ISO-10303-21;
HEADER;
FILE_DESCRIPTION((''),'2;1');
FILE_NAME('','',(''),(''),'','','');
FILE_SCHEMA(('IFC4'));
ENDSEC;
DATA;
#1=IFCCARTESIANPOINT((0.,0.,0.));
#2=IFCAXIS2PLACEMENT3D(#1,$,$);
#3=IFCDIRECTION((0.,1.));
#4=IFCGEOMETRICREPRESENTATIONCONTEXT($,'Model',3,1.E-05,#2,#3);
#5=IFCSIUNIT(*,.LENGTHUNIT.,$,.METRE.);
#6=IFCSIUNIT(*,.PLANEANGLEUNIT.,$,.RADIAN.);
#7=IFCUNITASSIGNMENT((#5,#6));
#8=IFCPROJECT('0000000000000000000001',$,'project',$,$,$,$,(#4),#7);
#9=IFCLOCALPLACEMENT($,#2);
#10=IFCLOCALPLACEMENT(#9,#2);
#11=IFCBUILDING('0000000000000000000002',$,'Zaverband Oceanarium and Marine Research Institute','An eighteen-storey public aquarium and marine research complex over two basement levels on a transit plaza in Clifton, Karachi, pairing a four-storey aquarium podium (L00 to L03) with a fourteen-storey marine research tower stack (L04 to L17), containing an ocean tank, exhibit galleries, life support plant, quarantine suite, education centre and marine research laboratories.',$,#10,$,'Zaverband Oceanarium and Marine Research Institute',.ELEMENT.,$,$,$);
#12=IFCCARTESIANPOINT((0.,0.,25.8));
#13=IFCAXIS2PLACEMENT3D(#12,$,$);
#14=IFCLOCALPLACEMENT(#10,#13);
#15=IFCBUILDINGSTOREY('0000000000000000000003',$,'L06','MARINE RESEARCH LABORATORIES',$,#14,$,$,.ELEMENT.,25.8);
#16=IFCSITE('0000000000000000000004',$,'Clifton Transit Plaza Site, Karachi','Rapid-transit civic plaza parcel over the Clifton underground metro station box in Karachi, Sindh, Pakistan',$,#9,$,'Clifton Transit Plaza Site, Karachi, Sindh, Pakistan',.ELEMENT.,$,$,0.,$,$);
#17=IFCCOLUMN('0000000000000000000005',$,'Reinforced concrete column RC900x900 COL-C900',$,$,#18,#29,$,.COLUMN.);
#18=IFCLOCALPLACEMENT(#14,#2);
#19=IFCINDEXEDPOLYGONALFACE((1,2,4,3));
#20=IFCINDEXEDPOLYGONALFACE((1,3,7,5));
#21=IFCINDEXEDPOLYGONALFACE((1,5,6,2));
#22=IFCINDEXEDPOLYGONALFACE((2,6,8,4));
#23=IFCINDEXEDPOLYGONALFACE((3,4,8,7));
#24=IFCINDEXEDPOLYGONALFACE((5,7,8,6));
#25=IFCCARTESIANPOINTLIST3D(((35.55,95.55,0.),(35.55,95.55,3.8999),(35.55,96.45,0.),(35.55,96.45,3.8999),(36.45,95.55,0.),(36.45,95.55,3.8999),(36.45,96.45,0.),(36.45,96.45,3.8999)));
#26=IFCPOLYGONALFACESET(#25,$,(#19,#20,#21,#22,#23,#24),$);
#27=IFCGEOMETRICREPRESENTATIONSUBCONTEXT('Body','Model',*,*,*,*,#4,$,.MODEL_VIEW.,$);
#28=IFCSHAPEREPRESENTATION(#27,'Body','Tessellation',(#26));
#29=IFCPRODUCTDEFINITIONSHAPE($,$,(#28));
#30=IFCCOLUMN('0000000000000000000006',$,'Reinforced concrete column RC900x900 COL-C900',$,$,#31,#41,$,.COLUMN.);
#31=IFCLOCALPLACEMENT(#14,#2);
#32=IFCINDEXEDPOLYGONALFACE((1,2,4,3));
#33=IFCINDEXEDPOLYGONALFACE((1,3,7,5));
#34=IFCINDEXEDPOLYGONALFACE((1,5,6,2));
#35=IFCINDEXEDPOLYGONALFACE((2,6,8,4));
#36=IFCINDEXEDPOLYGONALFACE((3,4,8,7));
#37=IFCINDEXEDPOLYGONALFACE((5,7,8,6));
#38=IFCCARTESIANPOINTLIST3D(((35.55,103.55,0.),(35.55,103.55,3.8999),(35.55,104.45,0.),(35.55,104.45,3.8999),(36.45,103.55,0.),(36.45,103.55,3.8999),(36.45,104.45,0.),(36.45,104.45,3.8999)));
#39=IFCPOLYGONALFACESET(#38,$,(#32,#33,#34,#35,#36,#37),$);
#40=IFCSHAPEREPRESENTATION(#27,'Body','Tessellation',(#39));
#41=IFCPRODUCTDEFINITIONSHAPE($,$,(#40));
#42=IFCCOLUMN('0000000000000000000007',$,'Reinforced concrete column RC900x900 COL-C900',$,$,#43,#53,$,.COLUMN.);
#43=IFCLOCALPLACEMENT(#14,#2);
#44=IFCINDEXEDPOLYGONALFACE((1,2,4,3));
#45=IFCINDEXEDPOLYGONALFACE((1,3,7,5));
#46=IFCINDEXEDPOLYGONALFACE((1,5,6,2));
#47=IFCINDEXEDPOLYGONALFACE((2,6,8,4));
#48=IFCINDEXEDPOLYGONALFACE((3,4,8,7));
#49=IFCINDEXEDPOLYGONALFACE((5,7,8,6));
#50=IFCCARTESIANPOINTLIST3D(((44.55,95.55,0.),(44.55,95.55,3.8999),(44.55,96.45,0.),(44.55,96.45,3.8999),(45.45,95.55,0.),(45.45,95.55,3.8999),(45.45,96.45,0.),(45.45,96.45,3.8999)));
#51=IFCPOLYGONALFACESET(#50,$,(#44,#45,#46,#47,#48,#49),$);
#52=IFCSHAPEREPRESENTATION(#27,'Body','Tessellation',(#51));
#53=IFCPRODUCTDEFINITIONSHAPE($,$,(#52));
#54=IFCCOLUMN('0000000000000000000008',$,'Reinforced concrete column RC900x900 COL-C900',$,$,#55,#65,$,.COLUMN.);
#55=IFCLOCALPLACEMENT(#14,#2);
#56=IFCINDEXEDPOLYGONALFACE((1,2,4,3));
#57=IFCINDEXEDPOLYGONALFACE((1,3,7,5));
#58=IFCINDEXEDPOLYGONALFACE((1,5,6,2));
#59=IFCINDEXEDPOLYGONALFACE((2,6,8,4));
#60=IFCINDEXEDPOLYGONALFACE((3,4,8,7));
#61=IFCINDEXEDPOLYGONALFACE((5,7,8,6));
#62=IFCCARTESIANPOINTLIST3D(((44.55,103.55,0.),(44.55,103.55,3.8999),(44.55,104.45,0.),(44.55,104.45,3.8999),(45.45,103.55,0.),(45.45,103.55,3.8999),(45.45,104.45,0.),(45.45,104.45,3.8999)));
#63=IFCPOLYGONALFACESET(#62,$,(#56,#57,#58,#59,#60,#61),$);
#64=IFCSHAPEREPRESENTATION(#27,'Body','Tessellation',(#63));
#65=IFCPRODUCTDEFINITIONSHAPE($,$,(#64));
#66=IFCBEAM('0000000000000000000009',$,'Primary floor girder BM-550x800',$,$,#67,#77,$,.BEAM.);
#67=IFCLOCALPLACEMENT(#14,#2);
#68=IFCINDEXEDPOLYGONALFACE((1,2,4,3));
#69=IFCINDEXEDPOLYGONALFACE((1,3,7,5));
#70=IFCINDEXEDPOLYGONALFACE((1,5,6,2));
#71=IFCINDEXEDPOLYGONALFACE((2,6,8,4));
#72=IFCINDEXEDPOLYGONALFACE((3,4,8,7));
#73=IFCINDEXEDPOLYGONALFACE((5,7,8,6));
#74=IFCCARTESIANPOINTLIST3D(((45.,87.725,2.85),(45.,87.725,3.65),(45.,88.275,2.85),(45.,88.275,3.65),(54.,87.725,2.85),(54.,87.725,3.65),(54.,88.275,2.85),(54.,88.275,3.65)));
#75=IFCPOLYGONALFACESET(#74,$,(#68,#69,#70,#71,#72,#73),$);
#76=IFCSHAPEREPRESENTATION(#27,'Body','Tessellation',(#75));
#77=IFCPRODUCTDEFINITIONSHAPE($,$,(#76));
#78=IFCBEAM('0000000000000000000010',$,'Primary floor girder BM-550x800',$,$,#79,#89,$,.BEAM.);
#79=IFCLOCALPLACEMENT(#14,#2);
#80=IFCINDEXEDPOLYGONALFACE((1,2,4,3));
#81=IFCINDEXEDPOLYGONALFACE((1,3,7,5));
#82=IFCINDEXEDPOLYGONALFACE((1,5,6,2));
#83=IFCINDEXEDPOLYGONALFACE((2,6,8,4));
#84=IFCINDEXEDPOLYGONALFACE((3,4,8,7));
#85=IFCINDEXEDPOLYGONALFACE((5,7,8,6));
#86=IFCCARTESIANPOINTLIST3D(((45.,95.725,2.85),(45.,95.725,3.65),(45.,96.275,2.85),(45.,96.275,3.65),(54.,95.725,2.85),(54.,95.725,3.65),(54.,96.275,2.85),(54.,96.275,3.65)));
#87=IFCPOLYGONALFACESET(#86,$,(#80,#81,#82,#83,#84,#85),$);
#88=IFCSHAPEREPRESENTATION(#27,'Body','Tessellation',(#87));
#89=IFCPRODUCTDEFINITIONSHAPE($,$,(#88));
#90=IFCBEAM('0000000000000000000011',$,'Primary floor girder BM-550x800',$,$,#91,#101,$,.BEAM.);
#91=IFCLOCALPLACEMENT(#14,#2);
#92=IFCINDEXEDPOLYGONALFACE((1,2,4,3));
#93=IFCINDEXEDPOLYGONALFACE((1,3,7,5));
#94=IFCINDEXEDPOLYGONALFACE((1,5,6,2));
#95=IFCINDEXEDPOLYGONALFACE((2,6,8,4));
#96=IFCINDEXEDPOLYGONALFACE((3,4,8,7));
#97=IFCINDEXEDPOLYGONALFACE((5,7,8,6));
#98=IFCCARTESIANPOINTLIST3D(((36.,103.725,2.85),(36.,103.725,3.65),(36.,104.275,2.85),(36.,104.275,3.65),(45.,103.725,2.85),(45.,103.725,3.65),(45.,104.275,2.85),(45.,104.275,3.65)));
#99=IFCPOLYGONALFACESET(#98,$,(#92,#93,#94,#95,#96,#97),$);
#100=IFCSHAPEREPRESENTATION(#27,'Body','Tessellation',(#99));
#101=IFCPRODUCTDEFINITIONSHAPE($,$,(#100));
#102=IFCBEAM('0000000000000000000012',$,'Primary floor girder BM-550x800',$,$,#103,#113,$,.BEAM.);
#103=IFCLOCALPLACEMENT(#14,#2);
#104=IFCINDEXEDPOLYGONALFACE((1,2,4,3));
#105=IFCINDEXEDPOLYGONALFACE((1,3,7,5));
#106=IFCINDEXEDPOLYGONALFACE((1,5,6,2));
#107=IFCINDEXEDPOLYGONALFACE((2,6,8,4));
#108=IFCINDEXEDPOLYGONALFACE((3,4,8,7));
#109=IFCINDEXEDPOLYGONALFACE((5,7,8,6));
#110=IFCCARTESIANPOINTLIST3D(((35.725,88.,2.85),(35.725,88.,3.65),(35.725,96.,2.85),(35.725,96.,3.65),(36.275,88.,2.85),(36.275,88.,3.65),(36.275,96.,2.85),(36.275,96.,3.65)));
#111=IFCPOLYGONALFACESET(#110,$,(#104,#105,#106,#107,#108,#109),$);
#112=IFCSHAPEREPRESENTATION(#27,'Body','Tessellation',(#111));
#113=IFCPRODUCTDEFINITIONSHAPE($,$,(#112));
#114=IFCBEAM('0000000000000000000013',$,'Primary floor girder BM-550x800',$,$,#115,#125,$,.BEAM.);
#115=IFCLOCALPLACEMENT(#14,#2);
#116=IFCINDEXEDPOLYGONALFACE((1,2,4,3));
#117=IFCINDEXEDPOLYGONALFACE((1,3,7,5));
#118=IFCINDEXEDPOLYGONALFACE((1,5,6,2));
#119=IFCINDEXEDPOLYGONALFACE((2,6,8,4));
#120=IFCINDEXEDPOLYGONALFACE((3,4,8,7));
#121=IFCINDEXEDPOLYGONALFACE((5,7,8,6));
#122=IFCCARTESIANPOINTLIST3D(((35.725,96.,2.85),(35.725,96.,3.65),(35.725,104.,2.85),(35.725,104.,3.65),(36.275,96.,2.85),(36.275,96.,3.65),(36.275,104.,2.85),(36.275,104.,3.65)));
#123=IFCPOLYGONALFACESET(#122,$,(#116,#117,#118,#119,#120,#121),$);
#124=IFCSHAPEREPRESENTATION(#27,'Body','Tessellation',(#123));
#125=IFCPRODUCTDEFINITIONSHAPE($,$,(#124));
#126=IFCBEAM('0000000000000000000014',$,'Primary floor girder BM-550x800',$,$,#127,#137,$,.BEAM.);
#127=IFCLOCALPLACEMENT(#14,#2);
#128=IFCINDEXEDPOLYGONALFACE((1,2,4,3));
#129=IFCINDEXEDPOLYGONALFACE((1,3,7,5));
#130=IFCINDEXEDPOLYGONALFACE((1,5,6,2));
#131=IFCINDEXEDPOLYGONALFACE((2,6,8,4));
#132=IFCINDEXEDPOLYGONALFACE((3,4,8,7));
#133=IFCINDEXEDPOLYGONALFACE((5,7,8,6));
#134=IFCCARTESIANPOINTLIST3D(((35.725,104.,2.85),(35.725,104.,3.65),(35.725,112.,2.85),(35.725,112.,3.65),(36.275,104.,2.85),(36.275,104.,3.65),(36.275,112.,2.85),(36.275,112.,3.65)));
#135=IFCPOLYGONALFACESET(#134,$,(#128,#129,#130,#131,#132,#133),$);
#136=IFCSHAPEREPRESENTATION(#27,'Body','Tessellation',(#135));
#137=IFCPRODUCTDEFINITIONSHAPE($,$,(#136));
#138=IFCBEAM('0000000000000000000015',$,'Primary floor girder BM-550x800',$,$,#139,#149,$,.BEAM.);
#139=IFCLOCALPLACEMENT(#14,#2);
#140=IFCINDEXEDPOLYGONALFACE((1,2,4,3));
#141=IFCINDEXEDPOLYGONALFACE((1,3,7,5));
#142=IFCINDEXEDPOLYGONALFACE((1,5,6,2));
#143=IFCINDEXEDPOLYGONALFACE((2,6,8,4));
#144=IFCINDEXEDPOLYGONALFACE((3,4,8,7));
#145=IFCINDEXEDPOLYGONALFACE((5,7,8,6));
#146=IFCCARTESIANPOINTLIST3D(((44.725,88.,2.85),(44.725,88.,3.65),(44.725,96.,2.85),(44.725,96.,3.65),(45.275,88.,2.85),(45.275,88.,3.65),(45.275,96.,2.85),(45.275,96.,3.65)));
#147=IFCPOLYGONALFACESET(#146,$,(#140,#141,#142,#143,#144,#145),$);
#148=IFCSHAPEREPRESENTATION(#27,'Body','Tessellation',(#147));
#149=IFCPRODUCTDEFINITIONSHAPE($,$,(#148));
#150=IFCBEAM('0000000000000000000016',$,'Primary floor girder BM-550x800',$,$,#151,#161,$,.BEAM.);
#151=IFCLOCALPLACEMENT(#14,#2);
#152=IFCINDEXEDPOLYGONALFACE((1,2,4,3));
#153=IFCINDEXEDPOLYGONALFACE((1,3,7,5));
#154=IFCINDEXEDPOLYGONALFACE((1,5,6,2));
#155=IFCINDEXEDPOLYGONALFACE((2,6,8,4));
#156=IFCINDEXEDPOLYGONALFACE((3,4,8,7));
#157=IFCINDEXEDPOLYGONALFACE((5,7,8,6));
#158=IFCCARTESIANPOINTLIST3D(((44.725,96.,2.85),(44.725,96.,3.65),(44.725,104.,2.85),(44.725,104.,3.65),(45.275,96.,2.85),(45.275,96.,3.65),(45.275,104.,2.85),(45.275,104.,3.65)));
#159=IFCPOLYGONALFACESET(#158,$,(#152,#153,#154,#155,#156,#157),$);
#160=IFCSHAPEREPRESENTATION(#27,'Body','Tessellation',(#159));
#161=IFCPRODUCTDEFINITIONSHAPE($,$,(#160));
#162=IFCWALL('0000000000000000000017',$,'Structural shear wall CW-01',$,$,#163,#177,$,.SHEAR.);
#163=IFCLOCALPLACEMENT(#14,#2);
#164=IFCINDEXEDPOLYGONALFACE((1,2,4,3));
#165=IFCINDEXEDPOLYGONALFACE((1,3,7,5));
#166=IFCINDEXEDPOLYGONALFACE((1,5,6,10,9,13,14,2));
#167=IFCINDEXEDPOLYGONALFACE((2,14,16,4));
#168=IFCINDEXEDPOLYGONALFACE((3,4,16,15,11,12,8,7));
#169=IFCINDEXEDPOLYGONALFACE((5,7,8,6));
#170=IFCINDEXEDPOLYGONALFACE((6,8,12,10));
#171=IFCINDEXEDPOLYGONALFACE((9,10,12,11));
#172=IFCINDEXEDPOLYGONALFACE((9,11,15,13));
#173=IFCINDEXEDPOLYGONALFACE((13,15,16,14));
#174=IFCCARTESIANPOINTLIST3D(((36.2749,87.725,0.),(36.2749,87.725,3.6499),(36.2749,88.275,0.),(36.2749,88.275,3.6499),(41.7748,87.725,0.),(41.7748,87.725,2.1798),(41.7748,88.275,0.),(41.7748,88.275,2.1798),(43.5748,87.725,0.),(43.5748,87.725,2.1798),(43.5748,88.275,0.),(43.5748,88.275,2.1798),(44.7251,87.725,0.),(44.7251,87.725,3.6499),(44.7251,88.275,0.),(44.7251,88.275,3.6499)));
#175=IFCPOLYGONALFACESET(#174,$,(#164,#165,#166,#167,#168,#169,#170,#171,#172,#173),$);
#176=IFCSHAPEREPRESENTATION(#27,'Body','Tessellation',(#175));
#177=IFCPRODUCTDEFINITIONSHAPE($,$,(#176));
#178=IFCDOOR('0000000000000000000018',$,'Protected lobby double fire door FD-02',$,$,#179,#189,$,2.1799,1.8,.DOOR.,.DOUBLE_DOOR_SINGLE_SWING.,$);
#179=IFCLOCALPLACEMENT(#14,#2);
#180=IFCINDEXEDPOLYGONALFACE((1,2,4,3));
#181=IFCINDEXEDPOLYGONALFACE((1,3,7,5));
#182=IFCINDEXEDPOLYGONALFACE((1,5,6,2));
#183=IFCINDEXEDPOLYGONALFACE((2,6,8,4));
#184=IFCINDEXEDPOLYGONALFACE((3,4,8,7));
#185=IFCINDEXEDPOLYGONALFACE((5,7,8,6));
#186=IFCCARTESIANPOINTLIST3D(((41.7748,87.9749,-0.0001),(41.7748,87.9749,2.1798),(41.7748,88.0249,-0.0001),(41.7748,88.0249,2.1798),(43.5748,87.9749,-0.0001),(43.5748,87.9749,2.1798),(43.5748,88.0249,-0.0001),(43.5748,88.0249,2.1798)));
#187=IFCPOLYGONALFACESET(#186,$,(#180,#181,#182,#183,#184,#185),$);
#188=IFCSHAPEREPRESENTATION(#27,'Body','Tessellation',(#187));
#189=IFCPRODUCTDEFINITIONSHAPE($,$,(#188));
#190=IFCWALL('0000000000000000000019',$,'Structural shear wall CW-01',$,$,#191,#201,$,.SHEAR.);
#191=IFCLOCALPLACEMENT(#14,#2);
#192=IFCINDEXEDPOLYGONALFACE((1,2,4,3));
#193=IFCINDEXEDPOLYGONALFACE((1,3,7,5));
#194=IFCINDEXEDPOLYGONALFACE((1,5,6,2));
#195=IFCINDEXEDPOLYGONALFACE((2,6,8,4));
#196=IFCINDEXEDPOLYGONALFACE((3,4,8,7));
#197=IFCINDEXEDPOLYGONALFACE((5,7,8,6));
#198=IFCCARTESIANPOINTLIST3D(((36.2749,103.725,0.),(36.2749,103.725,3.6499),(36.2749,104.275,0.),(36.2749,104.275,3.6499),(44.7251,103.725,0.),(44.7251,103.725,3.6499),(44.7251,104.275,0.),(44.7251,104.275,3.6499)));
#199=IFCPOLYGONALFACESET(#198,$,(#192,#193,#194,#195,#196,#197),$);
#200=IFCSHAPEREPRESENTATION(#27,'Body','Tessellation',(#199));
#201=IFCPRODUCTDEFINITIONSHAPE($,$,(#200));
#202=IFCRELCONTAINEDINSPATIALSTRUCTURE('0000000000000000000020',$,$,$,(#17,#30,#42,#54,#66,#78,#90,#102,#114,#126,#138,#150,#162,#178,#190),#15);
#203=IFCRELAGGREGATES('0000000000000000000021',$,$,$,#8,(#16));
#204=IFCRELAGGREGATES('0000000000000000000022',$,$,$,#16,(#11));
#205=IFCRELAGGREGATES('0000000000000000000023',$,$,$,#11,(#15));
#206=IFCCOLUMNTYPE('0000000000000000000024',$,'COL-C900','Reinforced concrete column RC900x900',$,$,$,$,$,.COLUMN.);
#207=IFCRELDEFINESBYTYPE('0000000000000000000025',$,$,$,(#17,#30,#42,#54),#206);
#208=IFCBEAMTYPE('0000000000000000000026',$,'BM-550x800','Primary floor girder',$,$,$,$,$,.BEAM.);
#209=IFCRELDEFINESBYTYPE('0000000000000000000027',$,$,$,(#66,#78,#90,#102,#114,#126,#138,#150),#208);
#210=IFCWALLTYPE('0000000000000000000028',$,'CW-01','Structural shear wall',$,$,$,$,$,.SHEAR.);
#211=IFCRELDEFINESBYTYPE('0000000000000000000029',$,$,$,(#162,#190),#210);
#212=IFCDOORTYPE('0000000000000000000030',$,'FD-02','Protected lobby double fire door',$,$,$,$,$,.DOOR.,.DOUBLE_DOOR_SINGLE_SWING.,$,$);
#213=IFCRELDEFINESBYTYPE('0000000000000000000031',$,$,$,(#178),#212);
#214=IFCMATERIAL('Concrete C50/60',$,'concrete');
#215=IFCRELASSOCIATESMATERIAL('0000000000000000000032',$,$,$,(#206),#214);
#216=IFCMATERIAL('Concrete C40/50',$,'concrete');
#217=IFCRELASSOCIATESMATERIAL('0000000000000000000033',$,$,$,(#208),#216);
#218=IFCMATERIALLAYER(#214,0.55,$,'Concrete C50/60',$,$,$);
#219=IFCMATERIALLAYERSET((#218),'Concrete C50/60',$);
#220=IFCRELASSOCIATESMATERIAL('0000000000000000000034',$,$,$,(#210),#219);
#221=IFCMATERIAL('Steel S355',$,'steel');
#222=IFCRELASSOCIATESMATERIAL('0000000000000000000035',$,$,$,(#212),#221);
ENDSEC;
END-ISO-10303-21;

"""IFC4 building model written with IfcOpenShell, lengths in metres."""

from ifc_helpers import new_model, si_unit, direction, frame, frame_2d, origin, origin_2d, place, context, subcontext, project, spatial, rectangle, extrude, material, layer, layer_set, material_profile, profile_set, type_object, element, fill, save


model = new_model("IFC4")

# Units and contexts
model_context = context("Model", 3, precision=1e-05, world=origin(), true_north=direction((0.0, 1.0)))
body_context = subcontext(model_context, "Body", "Model", "MODEL_VIEW")
ifc_project = project(units=[si_unit("LENGTHUNIT", "METRE"), si_unit("PLANEANGLEUNIT", "RADIAN")], contexts=[model_context])

# Site, building, storey
site_placement = place(None, origin())
site = spatial("IfcSite", under=ifc_project, at=site_placement, Name="Clifton Transit Plaza Site, Karachi", Description="Rapid-transit civic plaza parcel over the Clifton underground metro station box in Karachi, Sindh, Pakistan", LongName="Clifton Transit Plaza Site, Karachi, Sindh, Pakistan", CompositionType="ELEMENT", RefElevation=0.0)
building_placement = place(site_placement, origin())
building = spatial("IfcBuilding", under=site, at=building_placement, Name="Zaverband Oceanarium and Marine Research Institute", Description="An eighteen-storey public aquarium and marine research complex over two basement levels on a transit plaza in Clifton, Karachi, pairing a four-storey aquarium podium (L00 to L03) with a fourteen-storey marine research tower stack (L04 to L17), containing an ocean tank, exhibit galleries, life support plant, quarantine suite, education centre and marine research laboratories.", LongName="Zaverband Oceanarium and Marine Research Institute", CompositionType="ELEMENT")
storey_placement = place(building_placement, frame((0.0, 0.0, 25.8)))
storey = spatial("IfcBuildingStorey", under=building, at=storey_placement, Name="L06", Description="MARINE RESEARCH LABORATORIES", CompositionType="ELEMENT", Elevation=25.8)

# Columns
ifc_material_1 = material(Name="Concrete C50/60", Category="concrete")
ifc_material_profile_1 = material_profile(ifc_material_1, rectangle(XDim=0.8999, YDim=0.8999, at=origin_2d()), Name="RC900x900")
ifc_profile_set_1 = profile_set([ifc_material_profile_1], Name="Concrete C50/60")
column_type = type_object("IfcColumnType", Name="COL-C900", Description="Reinforced concrete column RC900x900", PredefinedType="COLUMN", material=ifc_profile_set_1)
for number, where, z_axis, x_axis, name in (
    (1, (36.0, 96.0, 0.0), (0.0, 0.0, 1.0), (1.0, 0.0, 0.0), "Reinforced concrete column RC900x900 COL-C900"),
    (2, (36.0, 104.0, 0.0), (0.0, 0.0, 1.0), (1.0, 0.0, 0.0), "Reinforced concrete column RC900x900 COL-C900"),
    (3, (45.0, 96.0, 0.0), (0.0, 0.0, 1.0), (1.0, 0.0, 0.0), "Reinforced concrete column RC900x900 COL-C900"),
    (4, (45.0, 104.0, 0.0), (0.0, 0.0, 1.0), (1.0, 0.0, 0.0), "Reinforced concrete column RC900x900 COL-C900"),
):
    element("IfcColumn", number, at=place(storey_placement, frame(where, z_axis=z_axis, x_axis=x_axis)), inside=storey, type_object=column_type, Name=name, PredefinedType="COLUMN", context=body_context, shape_type="SweptSolid", body=[
        extrude(rectangle(XDim=0.8999, YDim=0.8999, at=origin_2d()), origin(), (0.0, 0.0, 1.0), 3.8999),
    ])

# Beams
ifc_material_2 = material(Name="Concrete C40/50", Category="concrete")
ifc_material_profile_2 = material_profile(ifc_material_2, rectangle(XDim=0.55, YDim=0.8, at=origin_2d()), Name="RC550x800")
ifc_profile_set_2 = profile_set([ifc_material_profile_2], Name="Concrete C40/50")
beam_type = type_object("IfcBeamType", Name="BM-550x800", Description="Primary floor girder", PredefinedType="BEAM", material=ifc_profile_set_2)
for number, where, z_axis, x_axis, name in (
    (5, (45.0, 88.0, 3.25), (1.0, 0.0, 0.0), (0.0, 1.0, 0.0), "Primary floor girder BM-550x800"),
    (6, (45.0, 96.0, 3.25), (1.0, 0.0, 0.0), (0.0, 1.0, 0.0), "Primary floor girder BM-550x800"),
    (7, (36.0, 104.0, 3.25), (1.0, 0.0, 0.0), (0.0, 1.0, 0.0), "Primary floor girder BM-550x800"),
):
    element("IfcBeam", number, at=place(storey_placement, frame(where, z_axis=z_axis, x_axis=x_axis)), inside=storey, type_object=beam_type, Name=name, PredefinedType="BEAM", context=body_context, shape_type="SweptSolid", body=[
        extrude(rectangle(XDim=0.55, YDim=0.8, at=origin_2d()), origin(), (0.0, 0.0, 1.0), 9.0),
    ])
for number, where, z_axis, x_axis, name in (
    (8, (36.0, 88.0, 3.25), (0.0, 1.0, 0.0), (-1.0, 0.0, 0.0), "Primary floor girder BM-550x800"),
    (9, (36.0, 96.0, 3.25), (0.0, 1.0, 0.0), (-1.0, 0.0, 0.0), "Primary floor girder BM-550x800"),
    (10, (36.0, 104.0, 3.25), (0.0, 1.0, 0.0), (-1.0, 0.0, 0.0), "Primary floor girder BM-550x800"),
    (11, (45.0, 88.0, 3.25), (0.0, 1.0, 0.0), (-1.0, 0.0, 0.0), "Primary floor girder BM-550x800"),
    (12, (45.0, 96.0, 3.25), (0.0, 1.0, 0.0), (-1.0, 0.0, 0.0), "Primary floor girder BM-550x800"),
):
    element("IfcBeam", number, at=place(storey_placement, frame(where, z_axis=z_axis, x_axis=x_axis)), inside=storey, type_object=beam_type, Name=name, PredefinedType="BEAM", context=body_context, shape_type="SweptSolid", body=[
        extrude(rectangle(XDim=0.55, YDim=0.8, at=origin_2d()), origin(), (0.0, 0.0, 1.0), 8.0),
    ])

# Wall, opening, door
ifc_layer_1 = layer(ifc_material_1, 0.55, Name="Concrete C50/60")
ifc_layer_set_1 = layer_set([ifc_layer_1], Name="Concrete C50/60")
wall_type_1 = type_object("IfcWallType", Name="CW-01", Description="Structural shear wall", PredefinedType="SHEAR", material=ifc_layer_set_1)
wall_1_placement = place(storey_placement, frame((36.2749, 88.0, 0.0), z_axis=(0.0, 0.0, 1.0), x_axis=(1.0, 0.0, 0.0)))
wall_1 = element("IfcWall", 13, at=wall_1_placement, inside=storey, type_object=wall_type_1, Name="Structural shear wall CW-01", PredefinedType="SHEAR", context=body_context, shape_type="SweptSolid", body=[
    extrude(rectangle(XDim=8.4502, YDim=0.55, at=frame_2d((4.2251, 0.0))), origin(), (0.0, 0.0, 1.0), 3.6499),
])
opening_1_placement = place(wall_1_placement, frame((5.5, 0.0, 0.0)))
opening_1 = element("IfcOpeningElement", 14, at=opening_1_placement, cuts=wall_1, PredefinedType="OPENING", context=body_context, shape_type="SweptSolid", body=[
    extrude(rectangle(XDim=1.8, YDim=2.1799, at=frame_2d((0.8999, 1.0898))), frame((0.0, 0.2871, 0.0), z_axis=(0.0, -1.0, 0.0), x_axis=(1.0, 0.0, 0.0)), (0.0, 0.0, 1.0), 0.574),
])
ifc_material_3 = material(Name="Steel S355", Category="steel")
door_type_1 = type_object("IfcDoorType", Name="FD-02", Description="Protected lobby double fire door", OperationType="DOUBLE_DOOR_SINGLE_SWING", PredefinedType="DOOR", material=ifc_material_3)
door_1_placement = place(opening_1_placement, origin())
door_1 = element("IfcDoor", 15, at=door_1_placement, inside=storey, type_object=door_type_1, Name="Protected lobby double fire door FD-02", OperationType="DOUBLE_DOOR_SINGLE_SWING", OverallHeight=2.1799, OverallWidth=1.8, PredefinedType="DOOR", context=body_context, shape_type="SweptSolid", body=[
    extrude(rectangle(XDim=1.8, YDim=2.1799, at=frame_2d((0.8999, 1.0898))), frame((0.0, 0.0249, 0.0), z_axis=(0.0, -1.0, 0.0), x_axis=(1.0, 0.0, 0.0)), (0.0, 0.0, 1.0), 0.05),
])
fill(opening_1, door_1)

# Wall
wall_2_placement = place(storey_placement, frame((36.2749, 104.0, 0.0), z_axis=(0.0, 0.0, 1.0), x_axis=(1.0, 0.0, 0.0)))
element("IfcWall", 16, at=wall_2_placement, inside=storey, type_object=wall_type_1, Name="Structural shear wall CW-01", PredefinedType="SHEAR", context=body_context, shape_type="SweptSolid", body=[
    extrude(rectangle(XDim=8.4502, YDim=0.55, at=frame_2d((4.2251, 0.0))), origin(), (0.0, 0.0, 1.0), 3.6499),
])

save(model, "model.ifc")
